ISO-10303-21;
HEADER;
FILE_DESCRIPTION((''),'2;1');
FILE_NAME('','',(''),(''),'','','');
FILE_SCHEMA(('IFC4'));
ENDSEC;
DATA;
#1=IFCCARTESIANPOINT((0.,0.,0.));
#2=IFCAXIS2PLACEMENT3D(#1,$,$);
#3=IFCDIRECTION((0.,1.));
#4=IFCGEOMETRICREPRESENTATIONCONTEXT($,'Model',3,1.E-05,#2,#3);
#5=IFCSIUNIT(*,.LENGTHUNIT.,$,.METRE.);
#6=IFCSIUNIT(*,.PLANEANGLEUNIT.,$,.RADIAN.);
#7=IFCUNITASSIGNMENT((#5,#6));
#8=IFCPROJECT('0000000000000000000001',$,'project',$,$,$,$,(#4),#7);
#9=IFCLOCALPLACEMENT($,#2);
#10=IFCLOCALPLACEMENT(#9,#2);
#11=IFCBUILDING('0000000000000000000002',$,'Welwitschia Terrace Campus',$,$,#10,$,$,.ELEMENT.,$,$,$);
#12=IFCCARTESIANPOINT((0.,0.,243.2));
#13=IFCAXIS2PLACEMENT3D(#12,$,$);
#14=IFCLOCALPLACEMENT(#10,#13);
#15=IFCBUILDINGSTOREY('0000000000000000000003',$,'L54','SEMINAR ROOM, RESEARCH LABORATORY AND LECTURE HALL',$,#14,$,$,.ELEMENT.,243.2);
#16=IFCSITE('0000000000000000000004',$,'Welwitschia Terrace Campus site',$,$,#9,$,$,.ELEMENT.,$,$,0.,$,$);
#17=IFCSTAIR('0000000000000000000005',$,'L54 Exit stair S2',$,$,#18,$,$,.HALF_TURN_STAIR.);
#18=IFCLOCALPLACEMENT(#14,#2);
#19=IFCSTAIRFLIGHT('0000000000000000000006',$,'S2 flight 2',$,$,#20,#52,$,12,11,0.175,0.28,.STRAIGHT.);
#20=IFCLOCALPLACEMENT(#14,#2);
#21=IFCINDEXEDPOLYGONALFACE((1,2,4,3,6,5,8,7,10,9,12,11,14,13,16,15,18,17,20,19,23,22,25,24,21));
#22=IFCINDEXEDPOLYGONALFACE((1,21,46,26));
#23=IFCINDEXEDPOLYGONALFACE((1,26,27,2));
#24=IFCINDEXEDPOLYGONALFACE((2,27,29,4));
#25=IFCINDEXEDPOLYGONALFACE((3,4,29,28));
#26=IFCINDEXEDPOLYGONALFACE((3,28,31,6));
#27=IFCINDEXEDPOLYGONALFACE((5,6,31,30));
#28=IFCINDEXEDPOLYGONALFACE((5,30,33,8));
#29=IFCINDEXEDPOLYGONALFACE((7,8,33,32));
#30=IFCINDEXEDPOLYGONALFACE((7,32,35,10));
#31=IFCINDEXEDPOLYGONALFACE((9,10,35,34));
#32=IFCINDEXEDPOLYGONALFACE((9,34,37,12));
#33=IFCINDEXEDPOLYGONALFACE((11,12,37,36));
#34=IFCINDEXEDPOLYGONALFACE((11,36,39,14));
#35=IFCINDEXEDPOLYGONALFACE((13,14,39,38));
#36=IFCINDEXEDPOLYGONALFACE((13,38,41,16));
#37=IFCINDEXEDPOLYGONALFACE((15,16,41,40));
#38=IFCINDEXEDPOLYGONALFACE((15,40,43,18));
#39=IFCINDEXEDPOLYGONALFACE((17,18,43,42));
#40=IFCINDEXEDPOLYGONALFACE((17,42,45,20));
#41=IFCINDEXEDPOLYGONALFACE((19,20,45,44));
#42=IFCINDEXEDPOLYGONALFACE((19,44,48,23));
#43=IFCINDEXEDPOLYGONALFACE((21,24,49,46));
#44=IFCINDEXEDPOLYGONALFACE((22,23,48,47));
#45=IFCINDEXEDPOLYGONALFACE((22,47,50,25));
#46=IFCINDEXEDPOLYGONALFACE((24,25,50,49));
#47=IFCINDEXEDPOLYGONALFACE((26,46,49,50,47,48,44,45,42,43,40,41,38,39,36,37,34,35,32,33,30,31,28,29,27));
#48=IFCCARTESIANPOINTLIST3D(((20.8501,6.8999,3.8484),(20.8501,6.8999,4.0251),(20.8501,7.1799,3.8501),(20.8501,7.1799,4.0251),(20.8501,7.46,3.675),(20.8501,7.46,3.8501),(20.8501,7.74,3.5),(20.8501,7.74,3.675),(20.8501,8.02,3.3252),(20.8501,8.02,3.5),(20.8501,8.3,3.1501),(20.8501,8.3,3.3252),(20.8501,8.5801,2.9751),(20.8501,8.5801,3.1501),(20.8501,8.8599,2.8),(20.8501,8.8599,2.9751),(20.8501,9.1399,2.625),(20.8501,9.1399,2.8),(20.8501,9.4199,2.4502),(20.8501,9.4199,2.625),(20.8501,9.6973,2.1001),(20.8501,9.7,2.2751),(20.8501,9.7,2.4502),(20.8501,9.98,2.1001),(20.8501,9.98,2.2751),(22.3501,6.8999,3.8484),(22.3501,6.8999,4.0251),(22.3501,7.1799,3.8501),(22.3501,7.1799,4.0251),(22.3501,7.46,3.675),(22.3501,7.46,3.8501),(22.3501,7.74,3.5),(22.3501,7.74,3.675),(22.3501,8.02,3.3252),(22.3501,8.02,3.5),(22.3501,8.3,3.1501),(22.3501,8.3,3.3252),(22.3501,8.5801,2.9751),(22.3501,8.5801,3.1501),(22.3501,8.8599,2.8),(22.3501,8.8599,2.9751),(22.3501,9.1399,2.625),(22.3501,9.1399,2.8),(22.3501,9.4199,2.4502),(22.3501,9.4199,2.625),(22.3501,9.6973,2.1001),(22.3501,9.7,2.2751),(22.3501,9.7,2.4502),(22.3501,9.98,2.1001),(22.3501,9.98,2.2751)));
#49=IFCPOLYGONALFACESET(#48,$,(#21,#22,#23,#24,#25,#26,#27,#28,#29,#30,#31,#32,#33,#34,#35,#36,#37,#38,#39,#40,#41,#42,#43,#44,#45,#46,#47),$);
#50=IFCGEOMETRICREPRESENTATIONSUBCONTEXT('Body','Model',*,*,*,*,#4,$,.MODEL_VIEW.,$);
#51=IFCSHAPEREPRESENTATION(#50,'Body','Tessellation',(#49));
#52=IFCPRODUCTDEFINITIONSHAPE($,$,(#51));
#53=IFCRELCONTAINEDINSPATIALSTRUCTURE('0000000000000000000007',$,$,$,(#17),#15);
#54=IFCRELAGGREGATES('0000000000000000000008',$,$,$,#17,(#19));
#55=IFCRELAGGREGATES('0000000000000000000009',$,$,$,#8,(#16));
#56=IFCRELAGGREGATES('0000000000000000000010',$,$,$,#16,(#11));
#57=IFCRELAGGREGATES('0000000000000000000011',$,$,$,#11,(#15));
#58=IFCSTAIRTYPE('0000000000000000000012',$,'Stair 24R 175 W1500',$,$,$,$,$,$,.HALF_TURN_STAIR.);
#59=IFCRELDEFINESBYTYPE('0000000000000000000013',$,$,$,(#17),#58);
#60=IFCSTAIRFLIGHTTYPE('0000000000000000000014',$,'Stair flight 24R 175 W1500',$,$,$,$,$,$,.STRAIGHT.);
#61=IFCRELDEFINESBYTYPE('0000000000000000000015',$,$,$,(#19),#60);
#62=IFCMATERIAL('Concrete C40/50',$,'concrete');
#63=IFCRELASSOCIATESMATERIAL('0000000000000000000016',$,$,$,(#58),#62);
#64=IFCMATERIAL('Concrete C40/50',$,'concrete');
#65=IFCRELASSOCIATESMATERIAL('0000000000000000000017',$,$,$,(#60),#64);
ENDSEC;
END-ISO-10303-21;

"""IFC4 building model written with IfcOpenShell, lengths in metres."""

from ifc_helpers import new_model, si_unit, direction, frame, origin, place, context, subcontext, project, spatial, polyline, outline, extrude, material, type_object, element, aggregate, save


model = new_model("IFC4")

# Units and contexts
model_context = context("Model", 3, precision=1e-05, world=origin(), true_north=direction((0.0, 1.0)))
body_context = subcontext(model_context, "Body", "Model", "MODEL_VIEW")
ifc_project = project(units=[si_unit("LENGTHUNIT", "METRE"), si_unit("PLANEANGLEUNIT", "RADIAN")], contexts=[model_context])

# Site, building, storey
site_placement = place(None, origin())
site = spatial("IfcSite", under=ifc_project, at=site_placement, Name="Welwitschia Terrace Campus site", CompositionType="ELEMENT", RefElevation=0.0)
building_placement = place(site_placement, origin())
building = spatial("IfcBuilding", under=site, at=building_placement, Name="Welwitschia Terrace Campus", CompositionType="ELEMENT")
storey_placement = place(building_placement, frame((0.0, 0.0, 243.2)))
storey = spatial("IfcBuildingStorey", under=building, at=storey_placement, Name="L54", Description="SEMINAR ROOM, RESEARCH LABORATORY AND LECTURE HALL", CompositionType="ELEMENT", Elevation=243.2)

# Stair, stair flight
ifc_material_1 = material(Name="Concrete C40/50", Category="concrete")
stair_type = type_object("IfcStairType", Name="Stair 24R 175 W1500", PredefinedType="HALF_TURN_STAIR", material=ifc_material_1)
stair_placement = place(storey_placement, origin())
stair = element("IfcStair", 1, at=stair_placement, inside=storey, type_object=stair_type, Name="L54 Exit stair S2", PredefinedType="HALF_TURN_STAIR")
ifc_material_2 = material(Name="Concrete C40/50", Category="concrete")
stair_flight_type = type_object("IfcStairFlightType", Name="Stair flight 24R 175 W1500", PredefinedType="STRAIGHT", material=ifc_material_2)
stair_flight_1_placement = place(storey_placement, frame((21.6001, 9.98, 2.1001), z_axis=(0.0, 0.0, 1.0), x_axis=(0.0, -1.0, 0.0)))
stair_flight_1 = element("IfcStairFlight", 2, at=stair_flight_1_placement, type_object=stair_flight_type, Name="S2 flight 2", NumberOfRisers=12, NumberOfTreads=11, PredefinedType="STRAIGHT", RiserHeight=0.175, TreadLength=0.28, context=body_context, shape_type="SweptSolid", body=[
    extrude(outline(polyline([(0.0, 0.0), (0.0, 0.175), (0.28, 0.175), (0.28, 0.3501), (0.5601, 0.3501), (0.5601, 0.5249), (0.8401, 0.5249), (0.8401, 0.7), (1.1201, 0.7), (1.1201, 0.875), (1.3999, 0.875), (1.3999, 1.05), (1.6799, 1.05), (1.6799, 1.2251), (1.96, 1.2251), (1.96, 1.3999), (2.24, 1.3999), (2.24, 1.575), (2.52, 1.575), (2.52, 1.75), (2.8, 1.75), (2.8, 1.925), (3.0801, 1.925), (3.0801, 2.1001), (3.0801, 1.7483), (0.2827, 0.0), (0.0, 0.0)])), frame((0.0, 0.75, 0.0), z_axis=(0.0, -1.0, 0.0), x_axis=(1.0, 0.0, 0.0)), (0.0, 0.0, 1.0), 1.5),
])
aggregate(stair, [stair_flight_1])

save(model, "model.ifc")
